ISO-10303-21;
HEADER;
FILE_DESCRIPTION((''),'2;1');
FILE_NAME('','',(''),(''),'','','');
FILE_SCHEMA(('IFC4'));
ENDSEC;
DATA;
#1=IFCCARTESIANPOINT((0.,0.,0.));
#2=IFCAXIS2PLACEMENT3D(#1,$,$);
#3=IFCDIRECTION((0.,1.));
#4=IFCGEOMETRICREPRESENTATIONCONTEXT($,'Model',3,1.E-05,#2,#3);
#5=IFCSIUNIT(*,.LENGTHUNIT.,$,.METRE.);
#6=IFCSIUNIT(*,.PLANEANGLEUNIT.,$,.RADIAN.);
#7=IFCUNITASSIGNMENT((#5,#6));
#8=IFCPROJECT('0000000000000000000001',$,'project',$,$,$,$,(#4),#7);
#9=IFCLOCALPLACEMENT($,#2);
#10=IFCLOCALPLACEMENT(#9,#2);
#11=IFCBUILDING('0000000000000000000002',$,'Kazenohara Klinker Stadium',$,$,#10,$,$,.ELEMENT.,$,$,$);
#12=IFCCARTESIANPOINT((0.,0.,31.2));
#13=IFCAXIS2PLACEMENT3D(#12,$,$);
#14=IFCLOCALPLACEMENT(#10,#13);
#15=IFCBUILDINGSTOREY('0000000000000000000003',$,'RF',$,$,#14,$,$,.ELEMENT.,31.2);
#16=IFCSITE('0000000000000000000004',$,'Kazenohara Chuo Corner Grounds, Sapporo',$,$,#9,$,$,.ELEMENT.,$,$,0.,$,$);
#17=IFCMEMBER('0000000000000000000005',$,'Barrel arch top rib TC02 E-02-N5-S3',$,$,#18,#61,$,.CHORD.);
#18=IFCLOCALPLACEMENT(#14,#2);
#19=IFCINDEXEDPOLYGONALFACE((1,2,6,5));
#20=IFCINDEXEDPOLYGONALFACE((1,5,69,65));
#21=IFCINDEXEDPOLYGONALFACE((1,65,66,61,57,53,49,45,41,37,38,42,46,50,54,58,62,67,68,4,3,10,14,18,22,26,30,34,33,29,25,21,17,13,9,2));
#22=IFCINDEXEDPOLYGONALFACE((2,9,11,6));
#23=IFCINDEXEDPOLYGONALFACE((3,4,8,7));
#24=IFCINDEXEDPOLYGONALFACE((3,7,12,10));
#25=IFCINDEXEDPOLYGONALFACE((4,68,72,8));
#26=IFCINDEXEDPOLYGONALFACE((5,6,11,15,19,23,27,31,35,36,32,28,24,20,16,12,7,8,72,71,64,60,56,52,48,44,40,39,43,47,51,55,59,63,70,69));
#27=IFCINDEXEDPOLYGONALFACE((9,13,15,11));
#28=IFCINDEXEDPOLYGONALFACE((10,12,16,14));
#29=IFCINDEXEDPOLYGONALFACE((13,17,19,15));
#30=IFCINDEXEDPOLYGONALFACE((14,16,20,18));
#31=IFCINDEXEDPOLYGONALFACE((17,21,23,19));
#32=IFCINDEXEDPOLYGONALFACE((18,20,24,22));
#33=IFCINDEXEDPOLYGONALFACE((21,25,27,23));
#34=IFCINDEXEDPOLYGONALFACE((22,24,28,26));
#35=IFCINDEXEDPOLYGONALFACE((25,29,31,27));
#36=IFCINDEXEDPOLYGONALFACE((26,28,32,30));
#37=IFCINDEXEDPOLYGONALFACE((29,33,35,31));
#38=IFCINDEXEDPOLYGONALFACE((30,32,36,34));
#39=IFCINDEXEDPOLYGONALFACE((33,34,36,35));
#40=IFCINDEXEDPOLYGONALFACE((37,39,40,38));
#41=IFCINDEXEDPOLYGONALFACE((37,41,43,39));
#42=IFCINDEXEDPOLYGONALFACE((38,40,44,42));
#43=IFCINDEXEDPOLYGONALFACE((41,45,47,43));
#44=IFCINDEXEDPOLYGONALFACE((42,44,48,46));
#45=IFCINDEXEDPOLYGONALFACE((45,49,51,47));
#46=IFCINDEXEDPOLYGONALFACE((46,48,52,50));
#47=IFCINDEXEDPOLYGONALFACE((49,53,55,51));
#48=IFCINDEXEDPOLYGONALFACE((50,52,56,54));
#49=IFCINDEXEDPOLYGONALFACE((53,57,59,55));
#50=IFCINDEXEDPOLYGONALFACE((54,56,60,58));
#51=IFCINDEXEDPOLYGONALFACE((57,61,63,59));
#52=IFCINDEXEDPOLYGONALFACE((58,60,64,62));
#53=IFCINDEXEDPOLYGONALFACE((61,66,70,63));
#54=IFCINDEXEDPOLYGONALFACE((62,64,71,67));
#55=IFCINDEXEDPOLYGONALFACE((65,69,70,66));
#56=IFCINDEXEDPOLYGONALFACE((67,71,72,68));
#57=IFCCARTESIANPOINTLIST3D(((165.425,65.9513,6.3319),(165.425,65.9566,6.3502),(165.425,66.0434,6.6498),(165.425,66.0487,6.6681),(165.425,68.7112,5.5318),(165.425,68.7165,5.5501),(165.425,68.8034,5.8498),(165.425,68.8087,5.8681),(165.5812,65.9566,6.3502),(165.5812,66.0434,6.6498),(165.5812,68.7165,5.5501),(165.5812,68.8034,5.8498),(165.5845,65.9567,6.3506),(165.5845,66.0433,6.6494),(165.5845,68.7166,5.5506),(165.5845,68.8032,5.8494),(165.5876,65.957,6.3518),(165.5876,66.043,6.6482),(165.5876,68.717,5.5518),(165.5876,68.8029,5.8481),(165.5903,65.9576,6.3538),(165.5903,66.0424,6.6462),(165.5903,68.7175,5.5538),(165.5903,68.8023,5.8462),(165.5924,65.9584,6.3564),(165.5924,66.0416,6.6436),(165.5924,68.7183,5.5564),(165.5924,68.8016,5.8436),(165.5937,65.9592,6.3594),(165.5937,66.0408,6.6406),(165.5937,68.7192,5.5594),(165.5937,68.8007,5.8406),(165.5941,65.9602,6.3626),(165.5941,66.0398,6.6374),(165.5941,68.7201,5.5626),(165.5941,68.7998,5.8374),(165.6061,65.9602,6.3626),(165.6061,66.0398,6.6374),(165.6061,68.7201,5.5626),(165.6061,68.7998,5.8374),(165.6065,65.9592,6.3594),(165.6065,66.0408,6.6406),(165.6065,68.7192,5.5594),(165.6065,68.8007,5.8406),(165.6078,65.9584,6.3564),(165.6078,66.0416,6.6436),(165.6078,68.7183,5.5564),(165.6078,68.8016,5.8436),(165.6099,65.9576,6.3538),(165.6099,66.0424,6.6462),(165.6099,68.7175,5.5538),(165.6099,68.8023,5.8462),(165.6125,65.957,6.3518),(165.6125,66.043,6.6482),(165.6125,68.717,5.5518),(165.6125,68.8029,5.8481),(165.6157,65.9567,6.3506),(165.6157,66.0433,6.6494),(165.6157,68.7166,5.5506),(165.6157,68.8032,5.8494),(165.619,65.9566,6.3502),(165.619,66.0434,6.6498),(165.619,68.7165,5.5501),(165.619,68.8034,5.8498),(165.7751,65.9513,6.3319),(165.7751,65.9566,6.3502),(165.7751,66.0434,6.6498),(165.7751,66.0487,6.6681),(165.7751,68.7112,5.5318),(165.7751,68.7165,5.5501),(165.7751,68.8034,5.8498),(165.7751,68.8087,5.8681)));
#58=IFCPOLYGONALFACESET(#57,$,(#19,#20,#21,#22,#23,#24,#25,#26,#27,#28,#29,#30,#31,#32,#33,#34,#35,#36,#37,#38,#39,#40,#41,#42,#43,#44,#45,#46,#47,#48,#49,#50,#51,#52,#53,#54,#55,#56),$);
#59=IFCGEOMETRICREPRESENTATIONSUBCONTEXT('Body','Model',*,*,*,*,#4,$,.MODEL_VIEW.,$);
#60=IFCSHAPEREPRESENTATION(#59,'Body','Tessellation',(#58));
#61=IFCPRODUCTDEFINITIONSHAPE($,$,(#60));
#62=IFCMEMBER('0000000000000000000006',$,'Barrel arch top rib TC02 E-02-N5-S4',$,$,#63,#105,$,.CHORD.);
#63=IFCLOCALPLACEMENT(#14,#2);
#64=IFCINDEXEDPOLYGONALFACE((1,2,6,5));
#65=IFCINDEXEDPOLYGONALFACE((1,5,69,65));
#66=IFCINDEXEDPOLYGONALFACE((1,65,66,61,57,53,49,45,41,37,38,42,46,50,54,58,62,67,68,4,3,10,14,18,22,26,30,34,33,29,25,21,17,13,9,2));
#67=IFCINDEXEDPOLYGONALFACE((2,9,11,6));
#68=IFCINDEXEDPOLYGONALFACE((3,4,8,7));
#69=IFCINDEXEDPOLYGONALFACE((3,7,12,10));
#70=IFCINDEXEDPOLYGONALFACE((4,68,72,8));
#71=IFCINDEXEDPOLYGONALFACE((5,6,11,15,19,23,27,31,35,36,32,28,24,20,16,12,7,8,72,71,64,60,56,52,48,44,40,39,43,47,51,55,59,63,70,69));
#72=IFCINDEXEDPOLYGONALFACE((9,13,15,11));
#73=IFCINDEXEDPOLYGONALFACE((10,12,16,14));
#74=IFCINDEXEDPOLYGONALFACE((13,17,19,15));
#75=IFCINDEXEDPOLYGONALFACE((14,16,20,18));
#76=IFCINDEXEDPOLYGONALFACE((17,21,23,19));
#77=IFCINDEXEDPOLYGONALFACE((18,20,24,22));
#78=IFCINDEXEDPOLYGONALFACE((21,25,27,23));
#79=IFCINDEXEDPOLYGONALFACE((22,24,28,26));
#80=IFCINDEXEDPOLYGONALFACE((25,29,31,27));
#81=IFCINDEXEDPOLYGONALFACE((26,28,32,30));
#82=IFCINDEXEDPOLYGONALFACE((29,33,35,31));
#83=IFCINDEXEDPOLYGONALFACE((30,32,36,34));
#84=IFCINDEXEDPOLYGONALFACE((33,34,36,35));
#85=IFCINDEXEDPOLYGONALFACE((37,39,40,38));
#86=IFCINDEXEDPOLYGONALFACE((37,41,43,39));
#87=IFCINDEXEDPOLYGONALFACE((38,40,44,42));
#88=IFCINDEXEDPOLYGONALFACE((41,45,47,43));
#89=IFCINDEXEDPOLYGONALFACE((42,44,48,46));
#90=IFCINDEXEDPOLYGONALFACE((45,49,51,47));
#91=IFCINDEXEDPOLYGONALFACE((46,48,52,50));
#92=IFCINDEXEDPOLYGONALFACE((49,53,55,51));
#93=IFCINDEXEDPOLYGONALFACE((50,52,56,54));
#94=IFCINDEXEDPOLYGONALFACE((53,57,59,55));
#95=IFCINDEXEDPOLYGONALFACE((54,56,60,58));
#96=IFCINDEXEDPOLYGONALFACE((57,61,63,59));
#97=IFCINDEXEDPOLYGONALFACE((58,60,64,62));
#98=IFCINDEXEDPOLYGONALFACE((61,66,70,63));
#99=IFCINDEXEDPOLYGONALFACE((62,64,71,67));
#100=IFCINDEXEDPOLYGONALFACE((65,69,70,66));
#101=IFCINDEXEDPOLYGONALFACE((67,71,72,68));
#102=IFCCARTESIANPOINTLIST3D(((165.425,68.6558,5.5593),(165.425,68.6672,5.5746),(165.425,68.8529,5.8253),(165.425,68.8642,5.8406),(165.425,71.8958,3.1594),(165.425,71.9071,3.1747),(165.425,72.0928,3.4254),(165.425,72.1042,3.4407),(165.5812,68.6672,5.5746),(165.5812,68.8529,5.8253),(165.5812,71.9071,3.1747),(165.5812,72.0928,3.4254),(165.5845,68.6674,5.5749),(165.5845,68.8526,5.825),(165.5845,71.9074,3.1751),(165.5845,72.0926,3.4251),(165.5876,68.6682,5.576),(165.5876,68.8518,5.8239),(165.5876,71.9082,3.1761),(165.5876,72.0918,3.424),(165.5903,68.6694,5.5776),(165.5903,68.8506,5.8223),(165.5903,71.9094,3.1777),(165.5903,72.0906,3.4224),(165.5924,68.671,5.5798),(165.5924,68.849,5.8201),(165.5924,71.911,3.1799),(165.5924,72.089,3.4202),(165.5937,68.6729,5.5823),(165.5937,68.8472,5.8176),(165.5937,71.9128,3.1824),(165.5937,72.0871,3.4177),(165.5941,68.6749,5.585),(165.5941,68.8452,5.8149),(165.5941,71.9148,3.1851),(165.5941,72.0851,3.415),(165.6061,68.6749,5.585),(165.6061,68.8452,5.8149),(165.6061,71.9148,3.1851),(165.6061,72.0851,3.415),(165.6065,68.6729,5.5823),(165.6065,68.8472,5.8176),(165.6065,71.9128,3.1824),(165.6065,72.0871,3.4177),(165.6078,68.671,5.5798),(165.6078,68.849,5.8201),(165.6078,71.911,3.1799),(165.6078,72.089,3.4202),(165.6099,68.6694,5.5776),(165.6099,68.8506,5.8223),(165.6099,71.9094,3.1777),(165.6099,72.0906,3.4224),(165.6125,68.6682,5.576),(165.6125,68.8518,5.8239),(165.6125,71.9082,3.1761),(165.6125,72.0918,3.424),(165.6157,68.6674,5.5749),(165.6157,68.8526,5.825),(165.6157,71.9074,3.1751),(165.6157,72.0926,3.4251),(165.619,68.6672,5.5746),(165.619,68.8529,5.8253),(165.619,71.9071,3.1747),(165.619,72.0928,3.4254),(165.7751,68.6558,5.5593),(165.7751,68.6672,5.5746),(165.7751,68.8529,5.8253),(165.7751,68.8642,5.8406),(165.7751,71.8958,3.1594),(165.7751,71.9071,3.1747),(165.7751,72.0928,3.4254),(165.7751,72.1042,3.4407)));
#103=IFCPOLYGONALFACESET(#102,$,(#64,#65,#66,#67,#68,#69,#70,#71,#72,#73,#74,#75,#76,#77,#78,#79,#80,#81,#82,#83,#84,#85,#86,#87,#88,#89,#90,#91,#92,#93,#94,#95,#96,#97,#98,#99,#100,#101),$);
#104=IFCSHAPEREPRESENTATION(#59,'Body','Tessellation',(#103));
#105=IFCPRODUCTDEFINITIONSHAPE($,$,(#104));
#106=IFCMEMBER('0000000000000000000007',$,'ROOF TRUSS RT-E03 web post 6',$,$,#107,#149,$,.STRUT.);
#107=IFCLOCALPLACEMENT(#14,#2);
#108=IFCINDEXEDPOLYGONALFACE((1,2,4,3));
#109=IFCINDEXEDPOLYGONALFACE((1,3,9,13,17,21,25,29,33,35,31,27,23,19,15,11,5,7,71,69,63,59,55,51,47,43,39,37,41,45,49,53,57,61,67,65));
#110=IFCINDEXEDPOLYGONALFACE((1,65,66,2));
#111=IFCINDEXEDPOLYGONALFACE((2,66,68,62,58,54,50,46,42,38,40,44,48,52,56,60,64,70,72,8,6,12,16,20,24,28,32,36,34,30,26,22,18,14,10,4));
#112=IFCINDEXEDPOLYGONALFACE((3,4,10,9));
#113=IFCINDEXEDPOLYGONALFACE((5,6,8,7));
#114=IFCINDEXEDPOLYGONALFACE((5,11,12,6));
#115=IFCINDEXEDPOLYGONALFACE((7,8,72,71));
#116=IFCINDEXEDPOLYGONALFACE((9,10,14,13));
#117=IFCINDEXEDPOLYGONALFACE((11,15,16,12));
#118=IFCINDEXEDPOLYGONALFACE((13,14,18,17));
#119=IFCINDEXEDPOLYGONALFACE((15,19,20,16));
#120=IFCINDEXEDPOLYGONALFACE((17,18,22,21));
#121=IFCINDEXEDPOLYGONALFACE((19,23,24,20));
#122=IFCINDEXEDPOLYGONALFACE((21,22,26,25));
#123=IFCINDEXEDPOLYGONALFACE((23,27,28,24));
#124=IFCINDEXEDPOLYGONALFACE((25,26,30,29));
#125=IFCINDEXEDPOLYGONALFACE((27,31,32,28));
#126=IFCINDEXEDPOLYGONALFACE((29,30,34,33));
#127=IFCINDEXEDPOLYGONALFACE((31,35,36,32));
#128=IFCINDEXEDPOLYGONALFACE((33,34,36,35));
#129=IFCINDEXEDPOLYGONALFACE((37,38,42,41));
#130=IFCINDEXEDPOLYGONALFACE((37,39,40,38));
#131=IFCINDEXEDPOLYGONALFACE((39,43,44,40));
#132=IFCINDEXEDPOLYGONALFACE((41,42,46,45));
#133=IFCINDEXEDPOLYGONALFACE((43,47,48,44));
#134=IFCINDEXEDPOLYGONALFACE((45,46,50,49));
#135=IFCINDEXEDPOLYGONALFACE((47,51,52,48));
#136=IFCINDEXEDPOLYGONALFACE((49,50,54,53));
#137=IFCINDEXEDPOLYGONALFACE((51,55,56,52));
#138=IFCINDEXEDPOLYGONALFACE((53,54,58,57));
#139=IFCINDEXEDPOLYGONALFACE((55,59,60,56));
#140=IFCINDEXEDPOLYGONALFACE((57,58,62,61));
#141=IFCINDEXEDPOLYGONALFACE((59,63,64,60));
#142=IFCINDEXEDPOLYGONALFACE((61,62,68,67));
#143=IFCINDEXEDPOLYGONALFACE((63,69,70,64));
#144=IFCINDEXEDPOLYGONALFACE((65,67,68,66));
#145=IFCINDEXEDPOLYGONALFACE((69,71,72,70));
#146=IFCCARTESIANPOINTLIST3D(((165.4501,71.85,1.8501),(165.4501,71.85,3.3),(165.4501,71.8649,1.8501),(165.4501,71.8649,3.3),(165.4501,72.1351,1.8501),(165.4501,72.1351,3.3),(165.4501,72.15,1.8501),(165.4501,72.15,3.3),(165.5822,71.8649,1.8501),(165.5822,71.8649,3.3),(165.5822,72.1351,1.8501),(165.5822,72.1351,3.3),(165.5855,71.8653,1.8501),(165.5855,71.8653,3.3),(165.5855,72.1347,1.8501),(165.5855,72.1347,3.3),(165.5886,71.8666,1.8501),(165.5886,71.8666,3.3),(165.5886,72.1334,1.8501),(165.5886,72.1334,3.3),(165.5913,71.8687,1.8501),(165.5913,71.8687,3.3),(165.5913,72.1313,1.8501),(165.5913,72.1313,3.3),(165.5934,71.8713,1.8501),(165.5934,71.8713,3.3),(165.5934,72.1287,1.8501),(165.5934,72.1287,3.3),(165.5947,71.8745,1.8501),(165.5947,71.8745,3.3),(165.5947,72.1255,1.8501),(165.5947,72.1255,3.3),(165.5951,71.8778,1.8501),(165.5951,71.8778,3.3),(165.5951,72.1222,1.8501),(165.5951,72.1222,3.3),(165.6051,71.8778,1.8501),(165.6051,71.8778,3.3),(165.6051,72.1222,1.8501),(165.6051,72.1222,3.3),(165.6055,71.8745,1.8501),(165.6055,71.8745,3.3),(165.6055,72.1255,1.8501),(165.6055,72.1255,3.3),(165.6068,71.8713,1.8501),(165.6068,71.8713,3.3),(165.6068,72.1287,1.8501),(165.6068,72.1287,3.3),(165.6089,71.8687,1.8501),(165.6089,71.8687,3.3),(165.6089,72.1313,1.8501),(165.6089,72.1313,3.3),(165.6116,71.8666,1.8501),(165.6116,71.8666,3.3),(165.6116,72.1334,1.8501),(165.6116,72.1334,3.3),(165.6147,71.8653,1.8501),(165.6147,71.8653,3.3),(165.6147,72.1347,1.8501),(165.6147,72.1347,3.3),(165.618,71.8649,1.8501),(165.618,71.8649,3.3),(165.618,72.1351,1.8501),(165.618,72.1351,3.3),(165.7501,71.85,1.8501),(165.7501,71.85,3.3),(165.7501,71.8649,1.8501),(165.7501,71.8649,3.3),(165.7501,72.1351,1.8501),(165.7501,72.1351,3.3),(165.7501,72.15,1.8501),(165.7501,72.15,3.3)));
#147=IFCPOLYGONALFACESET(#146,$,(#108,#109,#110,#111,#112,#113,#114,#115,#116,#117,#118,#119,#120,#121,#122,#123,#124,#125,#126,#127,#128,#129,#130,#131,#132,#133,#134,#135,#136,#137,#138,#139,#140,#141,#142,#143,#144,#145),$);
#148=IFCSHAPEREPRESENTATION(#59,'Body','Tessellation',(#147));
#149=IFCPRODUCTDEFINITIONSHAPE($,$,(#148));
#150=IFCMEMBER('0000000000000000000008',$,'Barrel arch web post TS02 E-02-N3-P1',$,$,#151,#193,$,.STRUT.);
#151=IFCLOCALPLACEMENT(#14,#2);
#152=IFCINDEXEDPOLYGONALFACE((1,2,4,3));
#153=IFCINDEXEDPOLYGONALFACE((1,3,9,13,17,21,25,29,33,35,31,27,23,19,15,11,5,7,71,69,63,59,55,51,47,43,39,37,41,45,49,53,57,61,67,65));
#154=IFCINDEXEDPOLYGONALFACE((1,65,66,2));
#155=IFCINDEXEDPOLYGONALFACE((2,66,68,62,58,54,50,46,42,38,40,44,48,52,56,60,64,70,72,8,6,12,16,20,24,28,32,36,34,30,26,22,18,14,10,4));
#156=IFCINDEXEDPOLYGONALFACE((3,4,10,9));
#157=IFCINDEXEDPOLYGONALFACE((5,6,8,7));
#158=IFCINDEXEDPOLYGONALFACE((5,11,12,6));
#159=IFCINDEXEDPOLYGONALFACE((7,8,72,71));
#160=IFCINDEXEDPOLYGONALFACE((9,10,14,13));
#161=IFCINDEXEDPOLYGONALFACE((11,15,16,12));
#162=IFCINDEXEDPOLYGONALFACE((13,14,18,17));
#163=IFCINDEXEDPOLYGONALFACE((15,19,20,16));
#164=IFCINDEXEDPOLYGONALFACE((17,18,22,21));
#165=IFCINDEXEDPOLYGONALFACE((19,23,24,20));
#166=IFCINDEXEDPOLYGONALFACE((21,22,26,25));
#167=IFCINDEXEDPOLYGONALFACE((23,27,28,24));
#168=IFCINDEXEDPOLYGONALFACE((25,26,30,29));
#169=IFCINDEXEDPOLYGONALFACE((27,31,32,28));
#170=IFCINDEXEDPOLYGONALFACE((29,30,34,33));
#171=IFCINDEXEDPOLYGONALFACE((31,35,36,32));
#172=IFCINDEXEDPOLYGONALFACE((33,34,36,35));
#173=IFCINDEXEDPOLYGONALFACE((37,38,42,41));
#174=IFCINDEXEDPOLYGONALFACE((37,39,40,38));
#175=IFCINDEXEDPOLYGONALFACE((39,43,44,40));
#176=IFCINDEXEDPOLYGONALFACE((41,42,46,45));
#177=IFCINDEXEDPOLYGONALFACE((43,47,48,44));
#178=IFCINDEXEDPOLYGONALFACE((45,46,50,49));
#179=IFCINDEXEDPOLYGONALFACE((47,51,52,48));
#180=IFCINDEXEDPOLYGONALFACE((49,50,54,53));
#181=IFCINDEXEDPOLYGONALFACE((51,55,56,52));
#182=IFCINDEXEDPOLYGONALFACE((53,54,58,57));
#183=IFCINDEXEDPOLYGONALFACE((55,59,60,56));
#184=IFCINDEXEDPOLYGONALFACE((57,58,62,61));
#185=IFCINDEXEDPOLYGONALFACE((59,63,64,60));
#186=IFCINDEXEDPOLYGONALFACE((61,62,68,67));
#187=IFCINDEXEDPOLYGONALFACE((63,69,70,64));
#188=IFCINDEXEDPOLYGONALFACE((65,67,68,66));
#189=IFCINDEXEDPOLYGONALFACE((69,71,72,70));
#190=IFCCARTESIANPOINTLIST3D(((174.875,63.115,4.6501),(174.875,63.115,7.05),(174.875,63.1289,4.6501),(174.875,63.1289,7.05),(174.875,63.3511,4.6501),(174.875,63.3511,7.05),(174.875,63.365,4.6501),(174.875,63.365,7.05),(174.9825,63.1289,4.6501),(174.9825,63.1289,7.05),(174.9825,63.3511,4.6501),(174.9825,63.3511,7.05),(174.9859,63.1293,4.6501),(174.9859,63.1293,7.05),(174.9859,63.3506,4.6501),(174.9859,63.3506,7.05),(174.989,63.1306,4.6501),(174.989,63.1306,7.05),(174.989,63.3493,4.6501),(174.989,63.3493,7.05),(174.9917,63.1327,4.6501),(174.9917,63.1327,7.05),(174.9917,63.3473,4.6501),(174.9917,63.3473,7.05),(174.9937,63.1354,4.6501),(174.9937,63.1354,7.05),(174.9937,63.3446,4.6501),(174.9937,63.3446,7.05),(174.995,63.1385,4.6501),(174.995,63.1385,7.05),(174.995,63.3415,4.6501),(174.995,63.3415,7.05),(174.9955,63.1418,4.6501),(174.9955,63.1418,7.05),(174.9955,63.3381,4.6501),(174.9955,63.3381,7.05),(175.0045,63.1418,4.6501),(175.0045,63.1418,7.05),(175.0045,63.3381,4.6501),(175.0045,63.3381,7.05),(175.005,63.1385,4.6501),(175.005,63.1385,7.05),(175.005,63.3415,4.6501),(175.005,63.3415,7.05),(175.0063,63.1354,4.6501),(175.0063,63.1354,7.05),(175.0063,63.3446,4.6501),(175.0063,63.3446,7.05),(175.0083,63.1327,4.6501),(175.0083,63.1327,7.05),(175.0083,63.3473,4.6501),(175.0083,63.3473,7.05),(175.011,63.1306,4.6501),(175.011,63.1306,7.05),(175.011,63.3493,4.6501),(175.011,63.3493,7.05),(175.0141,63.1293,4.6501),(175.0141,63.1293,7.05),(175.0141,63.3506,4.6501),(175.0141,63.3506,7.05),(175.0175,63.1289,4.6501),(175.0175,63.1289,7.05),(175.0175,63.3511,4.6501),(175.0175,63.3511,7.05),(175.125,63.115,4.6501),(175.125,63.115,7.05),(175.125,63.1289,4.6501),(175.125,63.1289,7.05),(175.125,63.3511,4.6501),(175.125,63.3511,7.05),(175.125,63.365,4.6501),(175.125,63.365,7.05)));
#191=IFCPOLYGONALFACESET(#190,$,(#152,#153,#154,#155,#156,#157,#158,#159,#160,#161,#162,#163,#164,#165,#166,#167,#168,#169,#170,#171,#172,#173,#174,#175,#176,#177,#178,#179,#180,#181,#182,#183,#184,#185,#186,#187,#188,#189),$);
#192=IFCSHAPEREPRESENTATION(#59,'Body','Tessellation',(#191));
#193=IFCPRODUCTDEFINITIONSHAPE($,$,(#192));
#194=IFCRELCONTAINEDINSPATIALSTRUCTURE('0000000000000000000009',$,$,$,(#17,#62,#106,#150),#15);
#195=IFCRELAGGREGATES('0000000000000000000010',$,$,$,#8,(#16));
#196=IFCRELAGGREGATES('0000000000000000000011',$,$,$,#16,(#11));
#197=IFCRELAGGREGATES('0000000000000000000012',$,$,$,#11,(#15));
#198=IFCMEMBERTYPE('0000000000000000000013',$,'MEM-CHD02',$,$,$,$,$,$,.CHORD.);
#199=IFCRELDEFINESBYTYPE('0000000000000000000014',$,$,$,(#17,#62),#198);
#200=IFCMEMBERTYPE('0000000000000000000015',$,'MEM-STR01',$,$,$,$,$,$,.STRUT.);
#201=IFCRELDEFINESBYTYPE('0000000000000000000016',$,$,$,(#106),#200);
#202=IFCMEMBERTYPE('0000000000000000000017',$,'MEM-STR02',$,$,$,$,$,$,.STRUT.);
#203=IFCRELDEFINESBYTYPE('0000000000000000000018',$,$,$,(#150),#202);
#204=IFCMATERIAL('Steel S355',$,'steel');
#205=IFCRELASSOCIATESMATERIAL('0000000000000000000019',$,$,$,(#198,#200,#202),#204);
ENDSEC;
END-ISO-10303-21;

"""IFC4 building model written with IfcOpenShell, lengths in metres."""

from ifc_helpers import new_model, si_unit, direction, frame, origin, origin_2d, place, context, subcontext, project, spatial, i_section, extrude, material, material_profile, profile_set, type_object, element, save


model = new_model("IFC4")

# Units and contexts
model_context = context("Model", 3, precision=1e-05, world=origin(), true_north=direction((0.0, 1.0)))
body_context = subcontext(model_context, "Body", "Model", "MODEL_VIEW")
ifc_project = project(units=[si_unit("LENGTHUNIT", "METRE"), si_unit("PLANEANGLEUNIT", "RADIAN")], contexts=[model_context])

# Site, building, storey
site_placement = place(None, origin())
site = spatial("IfcSite", under=ifc_project, at=site_placement, Name="Kazenohara Chuo Corner Grounds, Sapporo", CompositionType="ELEMENT", RefElevation=0.0)
building_placement = place(site_placement, origin())
building = spatial("IfcBuilding", under=site, at=building_placement, Name="Kazenohara Klinker Stadium", CompositionType="ELEMENT")
storey_placement = place(building_placement, frame((0.0, 0.0, 31.2)))
storey = spatial("IfcBuildingStorey", under=building, at=storey_placement, Name="RF", CompositionType="ELEMENT", Elevation=31.2)

# Members
ifc_material_1 = material(Name="Steel S355", Category="steel")
ifc_material_profile_1 = material_profile(ifc_material_1, i_section(OverallWidth=0.3501, OverallDepth=0.3501, WebThickness=0.012, FlangeThickness=0.019, FilletRadius=0.0129, at=origin_2d()), Name="H-350x350x12x19")
ifc_profile_set_1 = profile_set([ifc_material_profile_1], Name="Steel S355")
member_type_1 = type_object("IfcMemberType", Name="MEM-CHD02", PredefinedType="CHORD", material=ifc_profile_set_1)
for number, where, z_axis, x_axis, name in (
    (1, (165.6001, 66.0, 6.5), (0.0, 0.960462, -0.278411), (-1.0, 0.0, 0.0), "Barrel arch top rib TC02 E-02-N5-S3"),
):
    element("IfcMember", number, at=place(storey_placement, frame(where, z_axis=z_axis, x_axis=x_axis)), inside=storey, type_object=member_type_1, Name=name, PredefinedType="CHORD", context=body_context, shape_type="SweptSolid", body=[
        extrude(i_section(OverallWidth=0.3501, OverallDepth=0.3501, WebThickness=0.012, FlangeThickness=0.019, FilletRadius=0.0129, at=origin_2d()), origin(), (0.0, 0.0, 1.0), 2.8735),
    ])
member_1_placement = place(storey_placement, frame((165.6001, 68.76, 5.7), z_axis=(0.0, 0.803568, -0.595213), x_axis=(-1.0, 0.0, 0.0)))
element("IfcMember", 2, at=member_1_placement, inside=storey, type_object=member_type_1, Name="Barrel arch top rib TC02 E-02-N5-S4", PredefinedType="CHORD", context=body_context, shape_type="SweptSolid", body=[
    extrude(i_section(OverallWidth=0.3501, OverallDepth=0.3501, WebThickness=0.012, FlangeThickness=0.019, FilletRadius=0.0129, at=origin_2d()), origin(), (0.0, 0.0, 1.0), 4.032),
])
ifc_material_profile_2 = material_profile(ifc_material_1, i_section(OverallWidth=0.3, OverallDepth=0.3, WebThickness=0.01, FlangeThickness=0.0149, FilletRadius=0.0129, at=origin_2d()), Name="H-300x300x10x15")
ifc_profile_set_2 = profile_set([ifc_material_profile_2], Name="Steel S355")
member_type_2 = type_object("IfcMemberType", Name="MEM-STR01", PredefinedType="STRUT", material=ifc_profile_set_2)
member_2_placement = place(storey_placement, frame((165.6001, 72.0, 1.8501), z_axis=(0.0, 0.0, 1.0), x_axis=(1.0, 0.0, 0.0)))
element("IfcMember", 3, at=member_2_placement, inside=storey, type_object=member_type_2, Name="ROOF TRUSS RT-E03 web post 6", PredefinedType="STRUT", context=body_context, shape_type="SweptSolid", body=[
    extrude(i_section(OverallWidth=0.3, OverallDepth=0.3, WebThickness=0.01, FlangeThickness=0.0149, FilletRadius=0.0129, at=origin_2d()), origin(), (0.0, 0.0, 1.0), 1.45),
])
ifc_material_profile_3 = material_profile(ifc_material_1, i_section(OverallWidth=0.25, OverallDepth=0.25, WebThickness=0.009, FlangeThickness=0.0139, FilletRadius=0.0129, at=origin_2d()), Name="H-250x250x9x14")
ifc_profile_set_3 = profile_set([ifc_material_profile_3], Name="Steel S355")
member_type_3 = type_object("IfcMemberType", Name="MEM-STR02", PredefinedType="STRUT", material=ifc_profile_set_3)
member_3_placement = place(storey_placement, frame((175.0, 63.24, 4.6501), z_axis=(0.0, 0.0, 1.0), x_axis=(1.0, 0.0, 0.0)))
element("IfcMember", 4, at=member_3_placement, inside=storey, type_object=member_type_3, Name="Barrel arch web post TS02 E-02-N3-P1", PredefinedType="STRUT", context=body_context, shape_type="SweptSolid", body=[
    extrude(i_section(OverallWidth=0.25, OverallDepth=0.25, WebThickness=0.009, FlangeThickness=0.0139, FilletRadius=0.0129, at=origin_2d()), origin(), (0.0, 0.0, 1.0), 2.3999),
])

save(model, "model.ifc")
